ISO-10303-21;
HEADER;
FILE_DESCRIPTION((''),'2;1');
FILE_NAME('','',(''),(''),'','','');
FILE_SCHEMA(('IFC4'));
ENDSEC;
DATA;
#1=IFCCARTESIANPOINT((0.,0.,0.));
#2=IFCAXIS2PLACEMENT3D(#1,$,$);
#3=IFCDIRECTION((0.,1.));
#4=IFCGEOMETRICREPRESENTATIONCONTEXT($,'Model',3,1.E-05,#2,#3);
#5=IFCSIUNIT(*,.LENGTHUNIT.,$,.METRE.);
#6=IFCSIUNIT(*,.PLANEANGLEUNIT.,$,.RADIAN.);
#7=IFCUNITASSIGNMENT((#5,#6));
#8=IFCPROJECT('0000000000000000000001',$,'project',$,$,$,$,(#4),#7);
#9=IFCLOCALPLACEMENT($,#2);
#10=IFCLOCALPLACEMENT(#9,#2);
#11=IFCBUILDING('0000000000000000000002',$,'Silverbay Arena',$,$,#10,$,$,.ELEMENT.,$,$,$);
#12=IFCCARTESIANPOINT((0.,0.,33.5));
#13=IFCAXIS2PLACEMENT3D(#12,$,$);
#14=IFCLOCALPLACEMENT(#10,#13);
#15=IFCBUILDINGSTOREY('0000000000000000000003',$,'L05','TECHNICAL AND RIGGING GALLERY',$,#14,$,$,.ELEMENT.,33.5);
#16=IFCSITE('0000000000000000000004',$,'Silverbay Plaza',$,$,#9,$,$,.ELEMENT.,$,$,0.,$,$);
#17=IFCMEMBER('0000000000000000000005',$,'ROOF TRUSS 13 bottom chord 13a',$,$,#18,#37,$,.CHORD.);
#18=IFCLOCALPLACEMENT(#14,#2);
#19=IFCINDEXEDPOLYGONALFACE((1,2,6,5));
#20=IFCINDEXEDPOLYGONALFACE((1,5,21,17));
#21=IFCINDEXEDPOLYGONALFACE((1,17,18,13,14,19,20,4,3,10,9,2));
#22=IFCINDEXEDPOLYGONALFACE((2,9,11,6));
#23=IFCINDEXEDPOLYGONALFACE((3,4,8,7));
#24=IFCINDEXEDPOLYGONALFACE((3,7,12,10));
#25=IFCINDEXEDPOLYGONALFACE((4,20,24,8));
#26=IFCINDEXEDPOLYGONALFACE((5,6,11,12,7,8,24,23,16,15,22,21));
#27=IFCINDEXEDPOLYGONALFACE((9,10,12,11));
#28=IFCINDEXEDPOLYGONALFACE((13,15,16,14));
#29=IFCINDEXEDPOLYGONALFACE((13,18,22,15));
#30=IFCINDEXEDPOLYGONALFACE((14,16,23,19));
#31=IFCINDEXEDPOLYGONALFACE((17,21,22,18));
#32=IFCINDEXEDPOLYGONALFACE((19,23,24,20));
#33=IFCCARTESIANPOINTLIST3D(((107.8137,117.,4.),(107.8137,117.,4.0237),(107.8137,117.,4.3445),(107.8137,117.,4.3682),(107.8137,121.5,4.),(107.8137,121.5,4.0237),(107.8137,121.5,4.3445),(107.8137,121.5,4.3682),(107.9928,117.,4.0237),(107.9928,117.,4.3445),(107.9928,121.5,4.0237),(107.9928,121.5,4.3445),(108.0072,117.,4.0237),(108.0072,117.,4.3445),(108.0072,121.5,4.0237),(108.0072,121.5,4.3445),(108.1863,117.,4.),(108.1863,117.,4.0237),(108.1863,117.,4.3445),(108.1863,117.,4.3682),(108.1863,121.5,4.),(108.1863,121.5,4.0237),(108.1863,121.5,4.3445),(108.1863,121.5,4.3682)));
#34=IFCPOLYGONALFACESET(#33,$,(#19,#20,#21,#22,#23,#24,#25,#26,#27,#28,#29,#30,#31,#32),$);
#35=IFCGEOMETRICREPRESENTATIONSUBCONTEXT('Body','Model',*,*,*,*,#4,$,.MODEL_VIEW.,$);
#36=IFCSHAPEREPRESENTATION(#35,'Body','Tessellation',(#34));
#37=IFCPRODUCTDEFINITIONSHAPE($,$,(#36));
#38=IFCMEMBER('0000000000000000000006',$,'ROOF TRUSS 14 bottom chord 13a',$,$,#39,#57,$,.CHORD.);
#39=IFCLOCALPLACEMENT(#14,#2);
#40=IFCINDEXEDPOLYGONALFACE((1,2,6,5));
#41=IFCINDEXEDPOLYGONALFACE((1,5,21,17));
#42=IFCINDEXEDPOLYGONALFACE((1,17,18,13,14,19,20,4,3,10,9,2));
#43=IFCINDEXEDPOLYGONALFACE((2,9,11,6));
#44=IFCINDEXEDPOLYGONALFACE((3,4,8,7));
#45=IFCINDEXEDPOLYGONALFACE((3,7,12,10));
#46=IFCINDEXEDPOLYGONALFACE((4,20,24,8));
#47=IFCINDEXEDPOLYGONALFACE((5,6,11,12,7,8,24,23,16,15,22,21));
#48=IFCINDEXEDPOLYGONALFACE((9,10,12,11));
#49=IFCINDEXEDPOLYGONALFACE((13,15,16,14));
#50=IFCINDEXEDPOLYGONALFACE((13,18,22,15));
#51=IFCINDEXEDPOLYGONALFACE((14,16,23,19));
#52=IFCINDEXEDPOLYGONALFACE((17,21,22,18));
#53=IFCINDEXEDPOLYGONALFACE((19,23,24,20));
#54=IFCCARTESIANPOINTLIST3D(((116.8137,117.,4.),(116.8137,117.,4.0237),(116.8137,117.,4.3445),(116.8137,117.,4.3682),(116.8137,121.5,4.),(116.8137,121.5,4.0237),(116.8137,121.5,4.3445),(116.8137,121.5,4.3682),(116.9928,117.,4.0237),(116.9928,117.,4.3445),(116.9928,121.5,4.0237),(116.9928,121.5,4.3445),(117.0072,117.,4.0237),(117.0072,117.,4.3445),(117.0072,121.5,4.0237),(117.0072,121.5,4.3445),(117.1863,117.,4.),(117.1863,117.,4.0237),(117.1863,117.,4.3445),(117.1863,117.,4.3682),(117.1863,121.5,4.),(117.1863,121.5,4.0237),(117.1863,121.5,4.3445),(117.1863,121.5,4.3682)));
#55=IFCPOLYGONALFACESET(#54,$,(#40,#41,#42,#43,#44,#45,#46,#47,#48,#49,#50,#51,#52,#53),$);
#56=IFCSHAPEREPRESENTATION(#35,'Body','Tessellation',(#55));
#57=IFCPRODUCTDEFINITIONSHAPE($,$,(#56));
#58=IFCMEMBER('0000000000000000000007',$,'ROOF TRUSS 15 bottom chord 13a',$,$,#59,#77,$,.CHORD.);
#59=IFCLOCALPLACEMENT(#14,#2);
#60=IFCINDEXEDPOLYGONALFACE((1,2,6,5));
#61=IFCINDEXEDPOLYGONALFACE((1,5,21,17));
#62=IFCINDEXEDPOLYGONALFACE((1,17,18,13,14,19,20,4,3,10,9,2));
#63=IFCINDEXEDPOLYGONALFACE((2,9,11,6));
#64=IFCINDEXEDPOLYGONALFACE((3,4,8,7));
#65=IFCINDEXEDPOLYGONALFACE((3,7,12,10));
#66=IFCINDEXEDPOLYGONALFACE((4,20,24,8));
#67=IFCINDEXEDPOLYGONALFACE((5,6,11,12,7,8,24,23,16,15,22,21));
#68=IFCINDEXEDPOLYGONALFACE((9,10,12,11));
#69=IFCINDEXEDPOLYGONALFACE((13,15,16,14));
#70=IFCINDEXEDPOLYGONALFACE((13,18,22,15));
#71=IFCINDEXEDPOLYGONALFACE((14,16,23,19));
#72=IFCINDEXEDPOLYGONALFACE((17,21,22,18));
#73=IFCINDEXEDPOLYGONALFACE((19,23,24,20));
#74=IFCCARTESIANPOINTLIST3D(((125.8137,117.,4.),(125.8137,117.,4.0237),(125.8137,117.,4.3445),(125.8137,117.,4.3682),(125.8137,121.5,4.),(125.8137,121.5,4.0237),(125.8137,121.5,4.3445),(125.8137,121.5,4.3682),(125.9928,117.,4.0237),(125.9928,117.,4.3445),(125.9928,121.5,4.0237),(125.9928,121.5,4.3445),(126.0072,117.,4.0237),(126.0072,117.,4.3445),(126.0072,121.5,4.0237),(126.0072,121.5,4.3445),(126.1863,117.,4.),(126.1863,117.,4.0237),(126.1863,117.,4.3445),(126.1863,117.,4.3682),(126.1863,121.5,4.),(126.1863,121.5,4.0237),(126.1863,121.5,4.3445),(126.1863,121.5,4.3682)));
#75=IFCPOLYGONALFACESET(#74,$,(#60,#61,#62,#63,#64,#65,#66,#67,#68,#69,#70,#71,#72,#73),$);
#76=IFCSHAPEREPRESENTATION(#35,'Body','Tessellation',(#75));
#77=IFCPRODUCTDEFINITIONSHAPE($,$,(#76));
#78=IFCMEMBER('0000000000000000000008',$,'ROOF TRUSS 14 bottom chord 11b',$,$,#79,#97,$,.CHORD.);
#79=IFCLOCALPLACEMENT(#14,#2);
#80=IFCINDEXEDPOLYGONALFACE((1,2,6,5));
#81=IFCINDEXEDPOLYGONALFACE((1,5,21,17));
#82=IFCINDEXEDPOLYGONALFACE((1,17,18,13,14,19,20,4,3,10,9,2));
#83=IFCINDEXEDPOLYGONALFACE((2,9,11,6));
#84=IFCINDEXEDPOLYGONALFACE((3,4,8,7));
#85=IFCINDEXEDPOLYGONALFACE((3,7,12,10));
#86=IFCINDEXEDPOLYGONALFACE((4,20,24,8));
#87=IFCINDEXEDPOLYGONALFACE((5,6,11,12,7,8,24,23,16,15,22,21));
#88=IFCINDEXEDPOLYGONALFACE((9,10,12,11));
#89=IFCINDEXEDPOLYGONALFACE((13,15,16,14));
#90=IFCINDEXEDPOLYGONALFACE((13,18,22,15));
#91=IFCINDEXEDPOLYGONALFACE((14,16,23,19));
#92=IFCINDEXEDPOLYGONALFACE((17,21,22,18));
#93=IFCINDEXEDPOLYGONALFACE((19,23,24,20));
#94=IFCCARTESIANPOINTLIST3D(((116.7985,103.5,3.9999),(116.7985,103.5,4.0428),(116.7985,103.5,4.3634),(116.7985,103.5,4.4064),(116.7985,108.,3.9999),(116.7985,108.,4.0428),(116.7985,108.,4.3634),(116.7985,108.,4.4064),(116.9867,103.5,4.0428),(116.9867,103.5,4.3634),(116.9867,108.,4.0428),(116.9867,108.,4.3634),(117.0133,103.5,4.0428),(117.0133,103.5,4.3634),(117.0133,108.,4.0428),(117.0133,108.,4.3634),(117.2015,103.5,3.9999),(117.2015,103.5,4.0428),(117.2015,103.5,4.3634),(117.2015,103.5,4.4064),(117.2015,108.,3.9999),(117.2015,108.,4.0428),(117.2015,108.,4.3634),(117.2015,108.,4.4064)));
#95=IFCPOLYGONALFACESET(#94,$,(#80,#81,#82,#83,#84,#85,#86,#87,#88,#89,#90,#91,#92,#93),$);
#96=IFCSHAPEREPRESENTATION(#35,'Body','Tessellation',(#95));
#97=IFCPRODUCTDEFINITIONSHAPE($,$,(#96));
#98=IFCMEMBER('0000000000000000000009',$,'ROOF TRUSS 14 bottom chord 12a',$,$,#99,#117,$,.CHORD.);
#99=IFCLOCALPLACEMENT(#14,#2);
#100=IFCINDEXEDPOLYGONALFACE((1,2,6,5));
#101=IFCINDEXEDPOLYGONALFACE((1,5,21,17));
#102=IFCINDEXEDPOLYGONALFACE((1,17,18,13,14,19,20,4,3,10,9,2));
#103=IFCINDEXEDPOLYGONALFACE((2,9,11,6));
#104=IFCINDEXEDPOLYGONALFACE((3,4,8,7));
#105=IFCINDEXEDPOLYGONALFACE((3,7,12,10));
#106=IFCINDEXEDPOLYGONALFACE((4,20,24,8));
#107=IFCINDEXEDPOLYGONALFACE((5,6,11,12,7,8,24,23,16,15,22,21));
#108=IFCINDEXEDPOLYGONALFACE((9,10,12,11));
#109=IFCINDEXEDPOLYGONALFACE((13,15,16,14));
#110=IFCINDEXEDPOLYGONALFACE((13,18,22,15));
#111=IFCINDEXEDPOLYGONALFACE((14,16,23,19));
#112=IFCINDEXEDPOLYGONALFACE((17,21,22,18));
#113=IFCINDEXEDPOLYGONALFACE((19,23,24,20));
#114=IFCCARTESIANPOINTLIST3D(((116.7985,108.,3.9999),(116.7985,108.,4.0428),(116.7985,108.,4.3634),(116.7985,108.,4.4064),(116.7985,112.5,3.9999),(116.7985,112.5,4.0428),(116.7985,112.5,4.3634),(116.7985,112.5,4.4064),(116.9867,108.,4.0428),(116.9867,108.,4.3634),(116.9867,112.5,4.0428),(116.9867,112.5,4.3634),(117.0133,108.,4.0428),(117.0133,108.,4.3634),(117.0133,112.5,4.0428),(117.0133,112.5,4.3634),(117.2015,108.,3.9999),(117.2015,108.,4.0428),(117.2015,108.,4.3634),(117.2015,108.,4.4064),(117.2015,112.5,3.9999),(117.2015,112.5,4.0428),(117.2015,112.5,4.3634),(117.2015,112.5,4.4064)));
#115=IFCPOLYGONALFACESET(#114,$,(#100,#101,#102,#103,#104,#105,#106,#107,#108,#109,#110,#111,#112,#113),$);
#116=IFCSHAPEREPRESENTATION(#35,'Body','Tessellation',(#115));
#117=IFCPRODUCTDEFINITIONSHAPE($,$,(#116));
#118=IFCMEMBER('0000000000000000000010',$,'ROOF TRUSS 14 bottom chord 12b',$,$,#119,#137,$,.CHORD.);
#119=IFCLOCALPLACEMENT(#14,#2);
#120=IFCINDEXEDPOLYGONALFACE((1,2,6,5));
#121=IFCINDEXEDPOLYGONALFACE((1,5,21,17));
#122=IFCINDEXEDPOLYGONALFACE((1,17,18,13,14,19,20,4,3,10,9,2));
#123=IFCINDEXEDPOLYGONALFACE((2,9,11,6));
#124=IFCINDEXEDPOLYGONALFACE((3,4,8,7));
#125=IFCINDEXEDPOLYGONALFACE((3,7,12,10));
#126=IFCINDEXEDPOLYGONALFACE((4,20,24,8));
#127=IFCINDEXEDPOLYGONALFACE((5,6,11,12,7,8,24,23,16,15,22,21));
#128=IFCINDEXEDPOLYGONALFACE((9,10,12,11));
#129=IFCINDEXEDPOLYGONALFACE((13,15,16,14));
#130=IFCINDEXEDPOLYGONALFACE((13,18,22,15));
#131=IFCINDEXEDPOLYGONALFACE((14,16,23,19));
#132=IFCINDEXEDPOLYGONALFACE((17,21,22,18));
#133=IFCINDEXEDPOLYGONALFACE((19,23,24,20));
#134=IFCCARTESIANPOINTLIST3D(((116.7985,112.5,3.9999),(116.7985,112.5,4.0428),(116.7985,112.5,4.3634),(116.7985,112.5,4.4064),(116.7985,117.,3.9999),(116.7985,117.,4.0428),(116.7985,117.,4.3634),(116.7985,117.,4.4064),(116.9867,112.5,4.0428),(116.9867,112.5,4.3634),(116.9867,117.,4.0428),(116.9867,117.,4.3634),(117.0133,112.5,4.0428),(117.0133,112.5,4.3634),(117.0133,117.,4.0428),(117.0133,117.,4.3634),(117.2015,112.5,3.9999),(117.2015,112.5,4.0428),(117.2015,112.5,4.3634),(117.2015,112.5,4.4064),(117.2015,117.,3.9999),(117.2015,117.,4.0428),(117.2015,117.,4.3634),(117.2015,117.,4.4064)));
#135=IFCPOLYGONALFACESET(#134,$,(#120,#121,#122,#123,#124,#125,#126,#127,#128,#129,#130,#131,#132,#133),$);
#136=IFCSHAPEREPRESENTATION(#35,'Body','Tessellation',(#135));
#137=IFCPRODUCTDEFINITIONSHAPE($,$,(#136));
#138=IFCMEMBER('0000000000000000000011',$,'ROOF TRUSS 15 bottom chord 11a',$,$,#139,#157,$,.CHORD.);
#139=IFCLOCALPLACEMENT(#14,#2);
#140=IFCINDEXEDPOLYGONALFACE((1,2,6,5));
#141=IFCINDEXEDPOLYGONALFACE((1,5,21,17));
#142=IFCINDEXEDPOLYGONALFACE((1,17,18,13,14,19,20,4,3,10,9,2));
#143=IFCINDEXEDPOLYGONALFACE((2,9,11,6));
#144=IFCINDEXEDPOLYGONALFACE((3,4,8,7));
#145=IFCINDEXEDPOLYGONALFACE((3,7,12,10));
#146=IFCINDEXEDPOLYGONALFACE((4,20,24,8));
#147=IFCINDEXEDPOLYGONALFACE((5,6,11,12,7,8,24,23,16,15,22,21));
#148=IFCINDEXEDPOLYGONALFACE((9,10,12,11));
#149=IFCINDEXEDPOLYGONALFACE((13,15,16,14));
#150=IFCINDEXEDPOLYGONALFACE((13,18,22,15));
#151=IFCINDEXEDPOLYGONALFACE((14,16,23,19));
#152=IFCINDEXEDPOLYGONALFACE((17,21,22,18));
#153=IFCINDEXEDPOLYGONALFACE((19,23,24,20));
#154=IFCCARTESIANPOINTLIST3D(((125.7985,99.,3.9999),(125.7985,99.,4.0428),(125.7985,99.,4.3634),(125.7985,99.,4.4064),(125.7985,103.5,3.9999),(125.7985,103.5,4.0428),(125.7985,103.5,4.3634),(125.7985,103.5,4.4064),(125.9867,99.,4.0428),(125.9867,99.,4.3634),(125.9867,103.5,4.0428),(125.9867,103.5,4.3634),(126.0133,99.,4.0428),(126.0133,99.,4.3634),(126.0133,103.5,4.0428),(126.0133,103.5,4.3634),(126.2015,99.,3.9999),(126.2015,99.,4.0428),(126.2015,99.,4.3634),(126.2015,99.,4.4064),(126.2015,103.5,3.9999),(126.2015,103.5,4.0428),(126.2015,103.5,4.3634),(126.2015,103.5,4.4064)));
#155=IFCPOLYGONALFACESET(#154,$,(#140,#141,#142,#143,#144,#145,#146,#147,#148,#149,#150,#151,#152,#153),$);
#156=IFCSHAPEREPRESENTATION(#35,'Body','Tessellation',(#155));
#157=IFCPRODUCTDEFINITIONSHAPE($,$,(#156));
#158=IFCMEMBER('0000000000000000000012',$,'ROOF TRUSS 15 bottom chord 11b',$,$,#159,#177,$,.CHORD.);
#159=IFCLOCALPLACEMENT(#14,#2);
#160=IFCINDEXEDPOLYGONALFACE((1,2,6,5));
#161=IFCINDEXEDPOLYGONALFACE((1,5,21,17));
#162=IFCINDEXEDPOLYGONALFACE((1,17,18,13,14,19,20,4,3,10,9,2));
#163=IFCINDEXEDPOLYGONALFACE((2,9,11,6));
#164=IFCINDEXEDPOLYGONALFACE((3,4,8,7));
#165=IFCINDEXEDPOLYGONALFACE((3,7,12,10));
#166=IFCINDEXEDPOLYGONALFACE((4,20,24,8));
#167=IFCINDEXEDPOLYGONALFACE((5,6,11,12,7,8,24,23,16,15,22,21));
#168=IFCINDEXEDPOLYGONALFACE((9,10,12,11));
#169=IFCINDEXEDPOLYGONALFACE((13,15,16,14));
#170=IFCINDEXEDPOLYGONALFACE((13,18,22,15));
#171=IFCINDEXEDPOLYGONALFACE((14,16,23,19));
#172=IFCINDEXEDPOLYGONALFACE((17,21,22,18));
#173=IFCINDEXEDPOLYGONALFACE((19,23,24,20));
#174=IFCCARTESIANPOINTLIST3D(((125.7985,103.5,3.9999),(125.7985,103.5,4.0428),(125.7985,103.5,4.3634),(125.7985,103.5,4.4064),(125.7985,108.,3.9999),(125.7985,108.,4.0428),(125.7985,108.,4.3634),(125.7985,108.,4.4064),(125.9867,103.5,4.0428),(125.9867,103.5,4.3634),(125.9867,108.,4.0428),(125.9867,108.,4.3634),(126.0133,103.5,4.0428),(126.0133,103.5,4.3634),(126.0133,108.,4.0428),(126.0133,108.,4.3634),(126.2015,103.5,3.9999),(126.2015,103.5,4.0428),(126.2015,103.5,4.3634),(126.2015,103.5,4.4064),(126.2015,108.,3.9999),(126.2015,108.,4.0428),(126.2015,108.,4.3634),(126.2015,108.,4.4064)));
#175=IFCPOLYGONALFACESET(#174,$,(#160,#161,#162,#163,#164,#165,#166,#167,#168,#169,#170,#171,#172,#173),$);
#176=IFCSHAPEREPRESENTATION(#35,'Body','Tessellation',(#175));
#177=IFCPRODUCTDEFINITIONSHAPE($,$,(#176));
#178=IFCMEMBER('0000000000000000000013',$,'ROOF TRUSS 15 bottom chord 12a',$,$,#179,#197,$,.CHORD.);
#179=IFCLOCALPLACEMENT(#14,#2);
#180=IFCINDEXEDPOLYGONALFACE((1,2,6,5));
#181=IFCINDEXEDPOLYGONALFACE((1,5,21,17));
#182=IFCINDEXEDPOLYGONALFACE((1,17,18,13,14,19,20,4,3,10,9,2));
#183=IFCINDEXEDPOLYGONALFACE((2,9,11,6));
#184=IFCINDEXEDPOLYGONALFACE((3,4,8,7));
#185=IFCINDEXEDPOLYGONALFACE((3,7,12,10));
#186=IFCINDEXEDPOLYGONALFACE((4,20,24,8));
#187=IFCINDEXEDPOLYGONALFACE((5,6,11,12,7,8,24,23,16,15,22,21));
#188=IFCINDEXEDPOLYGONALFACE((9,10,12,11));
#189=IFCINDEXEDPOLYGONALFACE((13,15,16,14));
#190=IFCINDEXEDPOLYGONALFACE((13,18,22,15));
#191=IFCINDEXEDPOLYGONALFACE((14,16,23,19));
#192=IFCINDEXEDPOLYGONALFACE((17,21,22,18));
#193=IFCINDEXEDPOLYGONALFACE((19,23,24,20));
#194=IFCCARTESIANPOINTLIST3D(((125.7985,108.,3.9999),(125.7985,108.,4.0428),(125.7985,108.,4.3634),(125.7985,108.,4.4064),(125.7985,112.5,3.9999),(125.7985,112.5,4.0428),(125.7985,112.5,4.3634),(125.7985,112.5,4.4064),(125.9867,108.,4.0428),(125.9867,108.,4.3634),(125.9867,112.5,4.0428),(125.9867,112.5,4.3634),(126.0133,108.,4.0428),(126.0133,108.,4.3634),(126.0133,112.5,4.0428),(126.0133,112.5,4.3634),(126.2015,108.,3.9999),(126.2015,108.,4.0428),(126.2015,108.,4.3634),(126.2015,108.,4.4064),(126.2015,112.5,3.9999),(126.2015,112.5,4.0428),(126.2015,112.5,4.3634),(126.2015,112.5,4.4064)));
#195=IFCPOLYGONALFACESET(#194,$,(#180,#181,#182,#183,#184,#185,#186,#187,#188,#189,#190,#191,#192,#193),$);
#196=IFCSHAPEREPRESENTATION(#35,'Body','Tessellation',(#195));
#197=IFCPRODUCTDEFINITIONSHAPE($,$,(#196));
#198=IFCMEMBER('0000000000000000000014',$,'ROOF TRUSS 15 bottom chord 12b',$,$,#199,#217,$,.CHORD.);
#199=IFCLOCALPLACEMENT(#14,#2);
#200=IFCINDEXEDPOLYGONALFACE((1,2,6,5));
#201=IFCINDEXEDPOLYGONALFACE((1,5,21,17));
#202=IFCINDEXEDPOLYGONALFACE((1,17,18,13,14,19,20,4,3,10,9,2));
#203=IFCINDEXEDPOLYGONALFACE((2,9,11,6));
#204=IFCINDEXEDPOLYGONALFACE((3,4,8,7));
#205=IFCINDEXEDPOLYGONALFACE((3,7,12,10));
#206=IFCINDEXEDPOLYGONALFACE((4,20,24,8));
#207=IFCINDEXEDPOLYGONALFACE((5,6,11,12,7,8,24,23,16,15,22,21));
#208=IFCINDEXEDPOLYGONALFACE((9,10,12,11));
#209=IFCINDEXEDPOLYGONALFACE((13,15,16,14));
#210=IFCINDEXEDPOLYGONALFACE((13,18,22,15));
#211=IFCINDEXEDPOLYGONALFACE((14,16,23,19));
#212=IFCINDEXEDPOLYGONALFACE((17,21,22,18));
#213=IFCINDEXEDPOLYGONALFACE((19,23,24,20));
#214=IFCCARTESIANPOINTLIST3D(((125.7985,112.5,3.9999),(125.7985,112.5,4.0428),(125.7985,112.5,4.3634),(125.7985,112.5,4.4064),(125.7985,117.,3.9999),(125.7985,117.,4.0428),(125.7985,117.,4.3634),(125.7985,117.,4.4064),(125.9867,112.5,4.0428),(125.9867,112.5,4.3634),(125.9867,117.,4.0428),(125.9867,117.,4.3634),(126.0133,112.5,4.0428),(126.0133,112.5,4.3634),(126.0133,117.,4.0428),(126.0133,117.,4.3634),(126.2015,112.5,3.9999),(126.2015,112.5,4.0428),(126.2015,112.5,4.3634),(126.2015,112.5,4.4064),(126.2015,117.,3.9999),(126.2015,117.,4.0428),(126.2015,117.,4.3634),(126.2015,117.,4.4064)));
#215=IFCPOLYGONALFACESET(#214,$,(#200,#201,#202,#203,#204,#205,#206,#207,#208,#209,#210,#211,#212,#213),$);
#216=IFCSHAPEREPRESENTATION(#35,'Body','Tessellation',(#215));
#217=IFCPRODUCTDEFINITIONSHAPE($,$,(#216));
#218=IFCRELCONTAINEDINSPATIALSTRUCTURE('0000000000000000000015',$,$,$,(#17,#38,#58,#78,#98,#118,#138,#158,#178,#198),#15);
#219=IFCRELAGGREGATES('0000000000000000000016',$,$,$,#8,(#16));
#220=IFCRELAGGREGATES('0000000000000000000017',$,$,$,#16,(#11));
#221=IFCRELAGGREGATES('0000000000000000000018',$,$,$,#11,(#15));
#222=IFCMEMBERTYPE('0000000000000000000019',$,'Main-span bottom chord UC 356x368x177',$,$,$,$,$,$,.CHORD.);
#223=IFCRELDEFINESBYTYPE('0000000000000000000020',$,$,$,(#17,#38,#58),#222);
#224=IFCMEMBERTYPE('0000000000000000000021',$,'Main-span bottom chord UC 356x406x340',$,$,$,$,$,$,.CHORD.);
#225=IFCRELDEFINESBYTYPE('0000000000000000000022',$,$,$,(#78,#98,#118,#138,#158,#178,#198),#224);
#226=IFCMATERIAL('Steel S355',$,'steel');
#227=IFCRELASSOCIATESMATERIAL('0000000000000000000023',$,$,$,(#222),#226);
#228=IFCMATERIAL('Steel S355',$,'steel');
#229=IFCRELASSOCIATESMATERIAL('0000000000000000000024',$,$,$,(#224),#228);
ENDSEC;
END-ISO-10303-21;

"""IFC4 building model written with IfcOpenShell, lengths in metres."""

from ifc_helpers import new_model, si_unit, direction, frame, origin, origin_2d, place, context, subcontext, project, spatial, i_section, extrude, material, material_profile, profile_set, type_object, element, save


model = new_model("IFC4")

# Units and contexts
model_context = context("Model", 3, precision=1e-05, world=origin(), true_north=direction((0.0, 1.0)))
body_context = subcontext(model_context, "Body", "Model", "MODEL_VIEW")
ifc_project = project(units=[si_unit("LENGTHUNIT", "METRE"), si_unit("PLANEANGLEUNIT", "RADIAN")], contexts=[model_context])

# Site, building, storey
site_placement = place(None, origin())
site = spatial("IfcSite", under=ifc_project, at=site_placement, Name="Silverbay Plaza", CompositionType="ELEMENT", RefElevation=0.0)
building_placement = place(site_placement, origin())
building = spatial("IfcBuilding", under=site, at=building_placement, Name="Silverbay Arena", CompositionType="ELEMENT")
storey_placement = place(building_placement, frame((0.0, 0.0, 33.5)))
storey = spatial("IfcBuildingStorey", under=building, at=storey_placement, Name="L05", Description="TECHNICAL AND RIGGING GALLERY", CompositionType="ELEMENT", Elevation=33.5)

# Members
ifc_material_1 = material(Name="Steel S355", Category="steel")
ifc_material_profile_1 = material_profile(ifc_material_1, i_section(OverallWidth=0.3726, OverallDepth=0.3682, WebThickness=0.0144, FlangeThickness=0.0237, at=origin_2d()), Name="UC 356x368x177")
ifc_profile_set_1 = profile_set([ifc_material_profile_1], Name="Steel S355")
member_type_1 = type_object("IfcMemberType", Name="Main-span bottom chord UC 356x368x177", PredefinedType="CHORD", material=ifc_profile_set_1)
for number, where, z_axis, x_axis, name in (
    (1, (108.0, 117.0, 4.1841), (0.0, 1.0, 0.0), (-1.0, 0.0, 0.0), "ROOF TRUSS 13 bottom chord 13a"),
    (2, (117.0, 117.0, 4.1841), (0.0, 1.0, 0.0), (-1.0, 0.0, 0.0), "ROOF TRUSS 14 bottom chord 13a"),
    (3, (126.0, 117.0, 4.1841), (0.0, 1.0, 0.0), (-1.0, 0.0, 0.0), "ROOF TRUSS 15 bottom chord 13a"),
):
    element("IfcMember", number, at=place(storey_placement, frame(where, z_axis=z_axis, x_axis=x_axis)), inside=storey, type_object=member_type_1, Name=name, PredefinedType="CHORD", context=body_context, shape_type="SweptSolid", body=[
        extrude(i_section(OverallWidth=0.3726, OverallDepth=0.3682, WebThickness=0.0144, FlangeThickness=0.0237, at=origin_2d()), origin(), (0.0, 0.0, 1.0), 4.5),
    ])
ifc_material_2 = material(Name="Steel S355", Category="steel")
ifc_material_profile_2 = material_profile(ifc_material_2, i_section(OverallWidth=0.4031, OverallDepth=0.4065, WebThickness=0.0266, FlangeThickness=0.043, at=origin_2d()), Name="UC 356x406x340")
ifc_profile_set_2 = profile_set([ifc_material_profile_2], Name="Steel S355")
member_type_2 = type_object("IfcMemberType", Name="Main-span bottom chord UC 356x406x340", PredefinedType="CHORD", material=ifc_profile_set_2)
for number, where, z_axis, x_axis, name in (
    (4, (117.0, 103.5, 4.2031), (0.0, 1.0, 0.0), (-1.0, 0.0, 0.0), "ROOF TRUSS 14 bottom chord 11b"),
    (5, (117.0, 108.0, 4.2031), (0.0, 1.0, 0.0), (-1.0, 0.0, 0.0), "ROOF TRUSS 14 bottom chord 12a"),
    (6, (117.0, 112.5, 4.2031), (0.0, 1.0, 0.0), (-1.0, 0.0, 0.0), "ROOF TRUSS 14 bottom chord 12b"),
    (7, (126.0, 99.0, 4.2031), (0.0, 1.0, 0.0), (-1.0, 0.0, 0.0), "ROOF TRUSS 15 bottom chord 11a"),
    (8, (126.0, 103.5, 4.2031), (0.0, 1.0, 0.0), (-1.0, 0.0, 0.0), "ROOF TRUSS 15 bottom chord 11b"),
    (9, (126.0, 108.0, 4.2031), (0.0, 1.0, 0.0), (-1.0, 0.0, 0.0), "ROOF TRUSS 15 bottom chord 12a"),
    (10, (126.0, 112.5, 4.2031), (0.0, 1.0, 0.0), (-1.0, 0.0, 0.0), "ROOF TRUSS 15 bottom chord 12b"),
):
    element("IfcMember", number, at=place(storey_placement, frame(where, z_axis=z_axis, x_axis=x_axis)), inside=storey, type_object=member_type_2, Name=name, PredefinedType="CHORD", context=body_context, shape_type="SweptSolid", body=[
        extrude(i_section(OverallWidth=0.4031, OverallDepth=0.4065, WebThickness=0.0266, FlangeThickness=0.043, at=origin_2d()), origin(), (0.0, 0.0, 1.0), 4.5),
    ])

save(model, "model.ifc")
